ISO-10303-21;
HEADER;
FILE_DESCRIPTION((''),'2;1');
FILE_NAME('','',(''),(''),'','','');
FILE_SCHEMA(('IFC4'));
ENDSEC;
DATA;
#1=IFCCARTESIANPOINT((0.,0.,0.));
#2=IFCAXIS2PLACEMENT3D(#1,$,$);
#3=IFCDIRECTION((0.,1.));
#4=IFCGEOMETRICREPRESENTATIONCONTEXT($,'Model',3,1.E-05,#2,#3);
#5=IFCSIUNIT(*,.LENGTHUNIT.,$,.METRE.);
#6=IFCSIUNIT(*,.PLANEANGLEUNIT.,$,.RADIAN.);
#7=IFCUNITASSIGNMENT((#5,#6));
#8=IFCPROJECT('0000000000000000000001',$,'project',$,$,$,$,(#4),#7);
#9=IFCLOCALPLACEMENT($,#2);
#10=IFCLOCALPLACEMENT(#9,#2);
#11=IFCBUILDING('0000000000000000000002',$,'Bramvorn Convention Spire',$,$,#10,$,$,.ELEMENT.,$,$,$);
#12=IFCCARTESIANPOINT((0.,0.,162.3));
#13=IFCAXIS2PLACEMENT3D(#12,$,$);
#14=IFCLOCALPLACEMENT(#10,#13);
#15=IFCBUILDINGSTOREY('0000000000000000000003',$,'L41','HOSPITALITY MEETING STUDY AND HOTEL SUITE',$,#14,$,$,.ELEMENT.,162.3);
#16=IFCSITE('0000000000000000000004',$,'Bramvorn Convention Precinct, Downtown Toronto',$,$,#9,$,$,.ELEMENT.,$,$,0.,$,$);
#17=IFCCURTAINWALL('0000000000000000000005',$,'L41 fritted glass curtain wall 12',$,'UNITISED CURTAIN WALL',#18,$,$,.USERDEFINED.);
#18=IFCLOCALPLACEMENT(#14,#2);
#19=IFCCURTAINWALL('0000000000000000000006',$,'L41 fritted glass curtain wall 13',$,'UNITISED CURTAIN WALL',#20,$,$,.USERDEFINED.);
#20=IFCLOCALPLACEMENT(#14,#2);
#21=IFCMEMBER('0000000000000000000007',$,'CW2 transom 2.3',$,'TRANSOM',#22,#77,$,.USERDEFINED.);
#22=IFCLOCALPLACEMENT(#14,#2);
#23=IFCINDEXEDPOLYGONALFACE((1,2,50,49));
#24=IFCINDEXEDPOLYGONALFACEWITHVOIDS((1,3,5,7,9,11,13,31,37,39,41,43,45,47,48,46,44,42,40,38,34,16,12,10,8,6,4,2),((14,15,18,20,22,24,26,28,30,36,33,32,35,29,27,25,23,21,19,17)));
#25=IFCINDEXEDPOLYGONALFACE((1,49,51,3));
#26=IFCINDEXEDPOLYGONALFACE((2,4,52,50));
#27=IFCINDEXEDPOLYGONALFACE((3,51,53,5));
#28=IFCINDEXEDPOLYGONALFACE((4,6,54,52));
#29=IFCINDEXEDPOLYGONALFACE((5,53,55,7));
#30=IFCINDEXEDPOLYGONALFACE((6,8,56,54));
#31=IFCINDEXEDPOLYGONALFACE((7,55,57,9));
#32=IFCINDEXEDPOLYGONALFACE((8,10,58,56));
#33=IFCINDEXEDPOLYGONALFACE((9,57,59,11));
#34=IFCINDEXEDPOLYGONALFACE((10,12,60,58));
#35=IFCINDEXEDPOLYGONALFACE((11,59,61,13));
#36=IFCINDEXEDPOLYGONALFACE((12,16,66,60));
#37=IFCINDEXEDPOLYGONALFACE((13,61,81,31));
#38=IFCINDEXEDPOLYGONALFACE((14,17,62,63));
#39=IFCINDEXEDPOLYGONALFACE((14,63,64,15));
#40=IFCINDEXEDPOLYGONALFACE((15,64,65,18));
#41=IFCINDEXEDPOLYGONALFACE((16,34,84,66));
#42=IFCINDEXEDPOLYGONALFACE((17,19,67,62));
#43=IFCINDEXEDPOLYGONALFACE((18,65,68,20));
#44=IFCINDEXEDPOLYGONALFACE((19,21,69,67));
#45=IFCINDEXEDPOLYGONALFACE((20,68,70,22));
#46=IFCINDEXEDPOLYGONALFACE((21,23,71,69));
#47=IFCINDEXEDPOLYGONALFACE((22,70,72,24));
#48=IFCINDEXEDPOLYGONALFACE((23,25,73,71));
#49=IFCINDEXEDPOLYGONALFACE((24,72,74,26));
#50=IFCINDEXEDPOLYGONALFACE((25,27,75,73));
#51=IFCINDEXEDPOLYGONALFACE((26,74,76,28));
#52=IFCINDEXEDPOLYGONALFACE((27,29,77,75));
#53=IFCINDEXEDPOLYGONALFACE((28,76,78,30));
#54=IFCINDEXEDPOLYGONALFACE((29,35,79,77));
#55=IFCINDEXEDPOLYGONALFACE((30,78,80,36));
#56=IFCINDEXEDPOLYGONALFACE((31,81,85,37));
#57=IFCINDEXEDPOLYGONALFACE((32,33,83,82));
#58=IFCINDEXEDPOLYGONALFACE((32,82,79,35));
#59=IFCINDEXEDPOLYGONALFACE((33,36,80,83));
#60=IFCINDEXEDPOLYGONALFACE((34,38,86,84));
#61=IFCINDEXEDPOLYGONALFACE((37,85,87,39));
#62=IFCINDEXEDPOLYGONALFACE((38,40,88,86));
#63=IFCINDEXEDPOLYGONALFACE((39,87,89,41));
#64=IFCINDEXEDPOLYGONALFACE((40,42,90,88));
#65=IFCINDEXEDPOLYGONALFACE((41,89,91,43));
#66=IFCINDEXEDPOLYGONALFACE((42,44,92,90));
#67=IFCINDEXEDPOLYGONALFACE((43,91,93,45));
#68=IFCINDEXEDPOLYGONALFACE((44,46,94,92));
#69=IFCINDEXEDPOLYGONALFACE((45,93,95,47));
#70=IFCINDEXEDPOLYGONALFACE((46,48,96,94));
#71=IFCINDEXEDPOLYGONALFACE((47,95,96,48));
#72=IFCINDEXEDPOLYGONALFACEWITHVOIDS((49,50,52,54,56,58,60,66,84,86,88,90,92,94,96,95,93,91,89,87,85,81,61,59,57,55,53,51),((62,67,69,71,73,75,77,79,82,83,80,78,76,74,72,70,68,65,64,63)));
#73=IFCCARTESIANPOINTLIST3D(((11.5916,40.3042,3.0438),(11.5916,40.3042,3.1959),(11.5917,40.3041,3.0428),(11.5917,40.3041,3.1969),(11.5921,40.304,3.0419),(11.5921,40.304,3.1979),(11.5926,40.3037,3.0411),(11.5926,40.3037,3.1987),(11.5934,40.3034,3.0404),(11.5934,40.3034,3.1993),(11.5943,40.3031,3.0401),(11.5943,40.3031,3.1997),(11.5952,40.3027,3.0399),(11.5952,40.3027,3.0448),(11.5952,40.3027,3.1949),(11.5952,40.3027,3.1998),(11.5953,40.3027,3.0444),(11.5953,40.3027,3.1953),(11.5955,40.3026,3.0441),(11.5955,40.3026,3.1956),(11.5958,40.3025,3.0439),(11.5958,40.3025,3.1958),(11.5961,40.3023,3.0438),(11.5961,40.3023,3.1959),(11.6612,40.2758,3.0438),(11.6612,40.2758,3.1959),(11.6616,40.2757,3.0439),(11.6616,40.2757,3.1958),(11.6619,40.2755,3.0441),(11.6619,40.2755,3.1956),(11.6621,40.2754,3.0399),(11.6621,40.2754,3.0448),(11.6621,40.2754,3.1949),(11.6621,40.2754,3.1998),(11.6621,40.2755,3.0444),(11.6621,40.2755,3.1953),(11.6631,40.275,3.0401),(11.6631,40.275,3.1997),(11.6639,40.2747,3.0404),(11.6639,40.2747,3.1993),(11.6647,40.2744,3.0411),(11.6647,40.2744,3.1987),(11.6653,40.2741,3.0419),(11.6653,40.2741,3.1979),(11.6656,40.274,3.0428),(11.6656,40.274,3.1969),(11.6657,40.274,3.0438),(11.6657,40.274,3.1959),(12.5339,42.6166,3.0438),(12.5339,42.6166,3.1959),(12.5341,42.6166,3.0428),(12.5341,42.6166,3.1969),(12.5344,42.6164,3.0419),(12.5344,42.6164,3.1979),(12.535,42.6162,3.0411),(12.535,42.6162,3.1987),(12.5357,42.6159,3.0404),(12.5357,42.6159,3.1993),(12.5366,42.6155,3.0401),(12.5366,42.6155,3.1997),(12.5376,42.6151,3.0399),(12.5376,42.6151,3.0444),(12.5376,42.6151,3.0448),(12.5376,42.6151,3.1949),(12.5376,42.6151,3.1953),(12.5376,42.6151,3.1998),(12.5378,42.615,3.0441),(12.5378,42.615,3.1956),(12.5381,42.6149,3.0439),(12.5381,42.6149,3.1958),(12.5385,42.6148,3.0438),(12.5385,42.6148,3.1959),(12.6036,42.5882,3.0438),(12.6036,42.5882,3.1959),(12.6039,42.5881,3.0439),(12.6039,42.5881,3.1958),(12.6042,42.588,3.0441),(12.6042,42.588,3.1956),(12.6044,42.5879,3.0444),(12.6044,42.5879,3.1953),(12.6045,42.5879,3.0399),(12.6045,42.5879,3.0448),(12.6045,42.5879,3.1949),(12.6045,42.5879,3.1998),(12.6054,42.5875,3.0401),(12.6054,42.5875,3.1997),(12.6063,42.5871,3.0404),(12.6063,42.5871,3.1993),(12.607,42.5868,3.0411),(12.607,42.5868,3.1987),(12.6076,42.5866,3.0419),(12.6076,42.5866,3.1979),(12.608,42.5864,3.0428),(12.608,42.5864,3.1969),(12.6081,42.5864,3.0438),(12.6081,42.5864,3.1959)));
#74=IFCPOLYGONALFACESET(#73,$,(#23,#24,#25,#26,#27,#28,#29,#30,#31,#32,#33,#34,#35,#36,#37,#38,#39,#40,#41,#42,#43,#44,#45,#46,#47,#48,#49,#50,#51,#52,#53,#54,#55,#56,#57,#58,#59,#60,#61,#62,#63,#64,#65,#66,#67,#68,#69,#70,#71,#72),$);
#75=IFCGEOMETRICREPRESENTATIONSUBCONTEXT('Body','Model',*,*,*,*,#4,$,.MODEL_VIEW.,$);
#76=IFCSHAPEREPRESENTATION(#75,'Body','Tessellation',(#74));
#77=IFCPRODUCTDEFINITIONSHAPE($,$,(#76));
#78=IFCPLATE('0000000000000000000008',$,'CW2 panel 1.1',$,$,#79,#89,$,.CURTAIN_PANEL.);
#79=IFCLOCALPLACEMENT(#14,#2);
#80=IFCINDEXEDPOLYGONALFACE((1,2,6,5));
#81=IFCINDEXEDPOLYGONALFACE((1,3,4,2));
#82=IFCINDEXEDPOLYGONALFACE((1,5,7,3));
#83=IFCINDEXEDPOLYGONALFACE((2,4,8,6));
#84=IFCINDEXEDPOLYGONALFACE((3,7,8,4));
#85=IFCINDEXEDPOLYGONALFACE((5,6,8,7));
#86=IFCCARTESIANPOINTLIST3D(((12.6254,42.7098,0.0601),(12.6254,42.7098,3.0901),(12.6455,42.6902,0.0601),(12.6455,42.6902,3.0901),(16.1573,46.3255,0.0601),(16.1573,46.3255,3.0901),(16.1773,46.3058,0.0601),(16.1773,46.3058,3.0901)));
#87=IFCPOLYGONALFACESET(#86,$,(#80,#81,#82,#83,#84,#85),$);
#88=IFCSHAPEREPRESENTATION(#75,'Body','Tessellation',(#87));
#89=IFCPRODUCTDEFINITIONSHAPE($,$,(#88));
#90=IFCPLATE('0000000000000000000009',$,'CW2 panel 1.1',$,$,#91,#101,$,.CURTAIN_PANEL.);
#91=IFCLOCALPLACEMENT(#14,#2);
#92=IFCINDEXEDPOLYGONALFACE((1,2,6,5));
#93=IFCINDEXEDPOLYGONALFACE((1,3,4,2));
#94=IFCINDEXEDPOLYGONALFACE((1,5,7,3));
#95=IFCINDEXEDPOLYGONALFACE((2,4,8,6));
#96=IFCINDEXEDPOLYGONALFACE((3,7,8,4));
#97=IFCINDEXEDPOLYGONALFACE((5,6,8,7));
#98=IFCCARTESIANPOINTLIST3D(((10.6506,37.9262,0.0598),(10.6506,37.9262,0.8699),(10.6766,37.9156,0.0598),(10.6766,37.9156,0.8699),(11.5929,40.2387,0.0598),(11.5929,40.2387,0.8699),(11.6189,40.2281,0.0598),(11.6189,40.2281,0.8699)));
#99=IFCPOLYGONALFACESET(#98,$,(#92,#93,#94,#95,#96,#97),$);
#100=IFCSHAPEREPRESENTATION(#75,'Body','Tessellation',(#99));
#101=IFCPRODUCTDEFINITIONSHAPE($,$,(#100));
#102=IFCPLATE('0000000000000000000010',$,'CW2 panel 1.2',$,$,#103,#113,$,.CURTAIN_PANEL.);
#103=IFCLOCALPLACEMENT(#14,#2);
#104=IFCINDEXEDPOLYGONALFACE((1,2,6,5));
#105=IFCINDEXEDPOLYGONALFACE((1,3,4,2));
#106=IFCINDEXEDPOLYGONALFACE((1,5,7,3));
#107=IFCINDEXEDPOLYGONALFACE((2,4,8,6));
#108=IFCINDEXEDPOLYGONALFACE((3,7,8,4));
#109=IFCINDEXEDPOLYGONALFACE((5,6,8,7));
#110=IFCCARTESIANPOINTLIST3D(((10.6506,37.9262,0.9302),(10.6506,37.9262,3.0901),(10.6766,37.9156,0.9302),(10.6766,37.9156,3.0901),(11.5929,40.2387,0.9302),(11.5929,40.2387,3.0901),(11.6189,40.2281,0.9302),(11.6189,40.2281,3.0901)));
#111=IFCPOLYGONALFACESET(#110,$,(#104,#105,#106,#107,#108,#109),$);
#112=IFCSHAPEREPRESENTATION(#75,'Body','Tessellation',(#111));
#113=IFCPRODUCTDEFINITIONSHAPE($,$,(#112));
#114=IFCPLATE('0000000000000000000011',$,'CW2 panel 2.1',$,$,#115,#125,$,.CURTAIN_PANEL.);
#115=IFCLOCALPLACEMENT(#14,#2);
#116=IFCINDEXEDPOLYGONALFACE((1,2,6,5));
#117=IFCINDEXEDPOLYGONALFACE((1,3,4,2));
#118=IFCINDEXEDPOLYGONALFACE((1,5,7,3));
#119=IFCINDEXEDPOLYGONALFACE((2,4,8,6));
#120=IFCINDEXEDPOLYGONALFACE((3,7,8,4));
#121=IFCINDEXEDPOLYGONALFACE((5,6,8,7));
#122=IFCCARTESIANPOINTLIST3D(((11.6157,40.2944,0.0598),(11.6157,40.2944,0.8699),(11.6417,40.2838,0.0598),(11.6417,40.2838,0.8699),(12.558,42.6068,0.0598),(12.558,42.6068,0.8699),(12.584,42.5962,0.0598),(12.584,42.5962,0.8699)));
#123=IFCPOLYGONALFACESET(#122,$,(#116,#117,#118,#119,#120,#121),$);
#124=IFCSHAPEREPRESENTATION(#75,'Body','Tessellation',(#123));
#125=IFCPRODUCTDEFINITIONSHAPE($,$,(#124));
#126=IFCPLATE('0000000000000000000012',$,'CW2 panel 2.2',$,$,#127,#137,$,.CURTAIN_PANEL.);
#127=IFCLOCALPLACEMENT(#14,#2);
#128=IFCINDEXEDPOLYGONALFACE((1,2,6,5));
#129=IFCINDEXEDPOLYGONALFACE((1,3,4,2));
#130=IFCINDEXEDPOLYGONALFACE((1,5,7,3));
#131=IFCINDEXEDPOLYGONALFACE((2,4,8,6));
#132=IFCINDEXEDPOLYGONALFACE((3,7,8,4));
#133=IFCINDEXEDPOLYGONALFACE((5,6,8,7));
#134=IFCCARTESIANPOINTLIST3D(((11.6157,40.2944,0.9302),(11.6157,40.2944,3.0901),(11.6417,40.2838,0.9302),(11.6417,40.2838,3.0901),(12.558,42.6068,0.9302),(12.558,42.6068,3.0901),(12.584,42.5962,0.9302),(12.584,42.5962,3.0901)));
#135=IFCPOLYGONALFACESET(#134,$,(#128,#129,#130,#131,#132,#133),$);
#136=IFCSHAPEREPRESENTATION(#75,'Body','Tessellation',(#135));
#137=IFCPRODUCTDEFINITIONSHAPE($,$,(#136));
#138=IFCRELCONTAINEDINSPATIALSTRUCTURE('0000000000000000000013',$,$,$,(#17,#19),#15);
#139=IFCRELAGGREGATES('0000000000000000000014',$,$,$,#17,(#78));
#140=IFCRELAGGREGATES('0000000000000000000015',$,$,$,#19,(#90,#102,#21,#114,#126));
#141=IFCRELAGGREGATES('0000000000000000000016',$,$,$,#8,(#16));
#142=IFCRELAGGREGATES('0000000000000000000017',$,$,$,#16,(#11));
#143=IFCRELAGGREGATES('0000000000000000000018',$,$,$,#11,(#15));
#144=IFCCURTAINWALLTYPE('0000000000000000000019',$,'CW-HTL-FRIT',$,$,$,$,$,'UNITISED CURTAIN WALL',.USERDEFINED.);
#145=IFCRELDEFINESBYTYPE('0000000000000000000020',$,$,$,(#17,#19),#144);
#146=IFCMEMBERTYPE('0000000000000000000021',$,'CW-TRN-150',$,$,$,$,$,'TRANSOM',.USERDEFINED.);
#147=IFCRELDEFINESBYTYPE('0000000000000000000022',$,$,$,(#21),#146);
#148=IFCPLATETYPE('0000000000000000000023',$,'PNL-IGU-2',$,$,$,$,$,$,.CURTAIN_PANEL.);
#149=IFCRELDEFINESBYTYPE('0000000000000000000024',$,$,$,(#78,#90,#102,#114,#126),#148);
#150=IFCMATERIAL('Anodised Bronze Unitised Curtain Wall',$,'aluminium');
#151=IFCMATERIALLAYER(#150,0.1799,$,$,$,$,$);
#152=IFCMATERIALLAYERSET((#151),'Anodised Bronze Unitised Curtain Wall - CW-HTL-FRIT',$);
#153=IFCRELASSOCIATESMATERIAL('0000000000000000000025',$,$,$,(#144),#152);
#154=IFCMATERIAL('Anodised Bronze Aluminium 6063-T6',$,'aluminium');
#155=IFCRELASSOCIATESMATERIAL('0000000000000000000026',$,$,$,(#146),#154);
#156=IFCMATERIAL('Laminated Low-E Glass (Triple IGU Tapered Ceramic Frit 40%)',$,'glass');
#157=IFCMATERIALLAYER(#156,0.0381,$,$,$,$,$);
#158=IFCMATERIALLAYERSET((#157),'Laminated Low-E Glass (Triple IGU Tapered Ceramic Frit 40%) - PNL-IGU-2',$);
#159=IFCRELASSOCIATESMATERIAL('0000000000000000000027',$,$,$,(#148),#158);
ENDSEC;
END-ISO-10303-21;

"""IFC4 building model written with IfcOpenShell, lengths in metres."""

from ifc_helpers import new_model, si_unit, direction, frame, origin, origin_2d, place, context, subcontext, project, spatial, rectangle, hollow_rectangle, extrude, material, layer, layer_set, material_profile, profile_set, type_object, element, aggregate, save


model = new_model("IFC4")

# Units and contexts
model_context = context("Model", 3, precision=1e-05, world=origin(), true_north=direction((0.0, 1.0)))
body_context = subcontext(model_context, "Body", "Model", "MODEL_VIEW")
ifc_project = project(units=[si_unit("LENGTHUNIT", "METRE"), si_unit("PLANEANGLEUNIT", "RADIAN")], contexts=[model_context])

# Site, building, storey
site_placement = place(None, origin())
site = spatial("IfcSite", under=ifc_project, at=site_placement, Name="Bramvorn Convention Precinct, Downtown Toronto", CompositionType="ELEMENT", RefElevation=0.0)
building_placement = place(site_placement, origin())
building = spatial("IfcBuilding", under=site, at=building_placement, Name="Bramvorn Convention Spire", CompositionType="ELEMENT")
storey_placement = place(building_placement, frame((0.0, 0.0, 162.3)))
storey = spatial("IfcBuildingStorey", under=building, at=storey_placement, Name="L41", Description="HOSPITALITY MEETING STUDY AND HOTEL SUITE", CompositionType="ELEMENT", Elevation=162.3)

# Curtain wall
ifc_material_1 = material(Name="Anodised Bronze Unitised Curtain Wall", Category="aluminium")
ifc_layer_1 = layer(ifc_material_1, 0.1799)
ifc_layer_set_1 = layer_set([ifc_layer_1], Name="Anodised Bronze Unitised Curtain Wall - CW-HTL-FRIT")
curtain_wall_type = type_object("IfcCurtainWallType", Name="CW-HTL-FRIT", ElementType="UNITISED CURTAIN WALL", PredefinedType="USERDEFINED", material=ifc_layer_set_1)
curtain_wall_1_placement = place(storey_placement, origin())
curtain_wall_1 = element("IfcCurtainWall", 1, at=curtain_wall_1_placement, inside=storey, type_object=curtain_wall_type, Name="L41 fritted glass curtain wall 12", ObjectType="UNITISED CURTAIN WALL", PredefinedType="USERDEFINED")
ifc_material_2 = material(Name="Anodised Bronze Aluminium 6063-T6", Category="aluminium")

# Curtain wall
curtain_wall_2_placement = place(storey_placement, origin())
curtain_wall_2 = element("IfcCurtainWall", 2, at=curtain_wall_2_placement, inside=storey, type_object=curtain_wall_type, Name="L41 fritted glass curtain wall 13", ObjectType="UNITISED CURTAIN WALL", PredefinedType="USERDEFINED")

# Member
ifc_material_profile_1 = material_profile(ifc_material_2, hollow_rectangle(XDim=0.0801, YDim=0.1599, WallThickness=0.0039, InnerFilletRadius=0.001, OuterFilletRadius=0.0039, at=origin_2d()))
ifc_profile_set_1 = profile_set([ifc_material_profile_1], Name="Anodised Bronze Aluminium 6063-T6 - CWT80X160")
member_type_1 = type_object("IfcMemberType", Name="CW-TRN-150", ElementType="TRANSOM", PredefinedType="USERDEFINED", material=ifc_profile_set_1)
member_1_placement = place(storey_placement, frame((11.6287, 40.2891, 3.1199), z_axis=(0.377384, 0.926057, 0.0), x_axis=(-0.926057, 0.377384, 0.0)))
member_1 = element("IfcMember", 3, at=member_1_placement, type_object=member_type_1, Name="CW2 transom 2.3", ObjectType="TRANSOM", PredefinedType="USERDEFINED", context=body_context, shape_type="SweptSolid", body=[
    extrude(hollow_rectangle(XDim=0.0801, YDim=0.1599, WallThickness=0.0039, InnerFilletRadius=0.001, OuterFilletRadius=0.0039, at=origin_2d()), origin(), (0.0, 0.0, 1.0), 2.4971),
])

# Plates
ifc_material_3 = material(Name="Laminated Low-E Glass (Triple IGU Tapered Ceramic Frit 40%)", Category="glass")
ifc_layer_2 = layer(ifc_material_3, 0.0381)
ifc_layer_set_2 = layer_set([ifc_layer_2], Name="Laminated Low-E Glass (Triple IGU Tapered Ceramic Frit 40%) - PNL-IGU-2")
plate_type = type_object("IfcPlateType", Name="PNL-IGU-2", PredefinedType="CURTAIN_PANEL", material=ifc_layer_set_2)
plate_1_placement = place(storey_placement, frame((14.4014, 44.5078, 0.0601), z_axis=(0.0, 0.0, 1.0), x_axis=(0.698767, 0.715349, 0.0)))
plate_1 = element("IfcPlate", 4, at=plate_1_placement, type_object=plate_type, Name="CW2 panel 1.1", PredefinedType="CURTAIN_PANEL", context=body_context, shape_type="SweptSolid", body=[
    extrude(rectangle(XDim=5.0544, YDim=0.0281, at=origin_2d()), origin(), (0.0, 0.0, 1.0), 3.03),
])
aggregate(curtain_wall_1, [plate_1])
plate_2_placement = place(storey_placement, frame((11.1348, 39.0771, 0.0598), z_axis=(0.0, 0.0, 1.0), x_axis=(0.377384, 0.926057, 0.0)))
plate_2 = element("IfcPlate", 5, at=plate_2_placement, type_object=plate_type, Name="CW2 panel 1.1", PredefinedType="CURTAIN_PANEL", context=body_context, shape_type="SweptSolid", body=[
    extrude(rectangle(XDim=2.4971, YDim=0.0281, at=origin_2d()), origin(), (0.0, 0.0, 1.0), 0.8101),
])
plate_3_placement = place(storey_placement, frame((11.1348, 39.0771, 0.9302), z_axis=(0.0, 0.0, 1.0), x_axis=(0.377384, 0.926057, 0.0)))
plate_3 = element("IfcPlate", 6, at=plate_3_placement, type_object=plate_type, Name="CW2 panel 1.2", PredefinedType="CURTAIN_PANEL", context=body_context, shape_type="SweptSolid", body=[
    extrude(rectangle(XDim=2.4971, YDim=0.0281, at=origin_2d()), origin(), (0.0, 0.0, 1.0), 2.1599),
])
plate_4_placement = place(storey_placement, frame((12.0999, 41.4453, 0.0598), z_axis=(0.0, 0.0, 1.0), x_axis=(0.377384, 0.926057, 0.0)))
plate_4 = element("IfcPlate", 7, at=plate_4_placement, type_object=plate_type, Name="CW2 panel 2.1", PredefinedType="CURTAIN_PANEL", context=body_context, shape_type="SweptSolid", body=[
    extrude(rectangle(XDim=2.4971, YDim=0.0281, at=origin_2d()), origin(), (0.0, 0.0, 1.0), 0.8101),
])
plate_5_placement = place(storey_placement, frame((12.0999, 41.4453, 0.9302), z_axis=(0.0, 0.0, 1.0), x_axis=(0.377384, 0.926057, 0.0)))
plate_5 = element("IfcPlate", 8, at=plate_5_placement, type_object=plate_type, Name="CW2 panel 2.2", PredefinedType="CURTAIN_PANEL", context=body_context, shape_type="SweptSolid", body=[
    extrude(rectangle(XDim=2.4971, YDim=0.0281, at=origin_2d()), origin(), (0.0, 0.0, 1.0), 2.1599),
])
aggregate(curtain_wall_2, [plate_2, plate_3, member_1, plate_4, plate_5])

save(model, "model.ifc")
